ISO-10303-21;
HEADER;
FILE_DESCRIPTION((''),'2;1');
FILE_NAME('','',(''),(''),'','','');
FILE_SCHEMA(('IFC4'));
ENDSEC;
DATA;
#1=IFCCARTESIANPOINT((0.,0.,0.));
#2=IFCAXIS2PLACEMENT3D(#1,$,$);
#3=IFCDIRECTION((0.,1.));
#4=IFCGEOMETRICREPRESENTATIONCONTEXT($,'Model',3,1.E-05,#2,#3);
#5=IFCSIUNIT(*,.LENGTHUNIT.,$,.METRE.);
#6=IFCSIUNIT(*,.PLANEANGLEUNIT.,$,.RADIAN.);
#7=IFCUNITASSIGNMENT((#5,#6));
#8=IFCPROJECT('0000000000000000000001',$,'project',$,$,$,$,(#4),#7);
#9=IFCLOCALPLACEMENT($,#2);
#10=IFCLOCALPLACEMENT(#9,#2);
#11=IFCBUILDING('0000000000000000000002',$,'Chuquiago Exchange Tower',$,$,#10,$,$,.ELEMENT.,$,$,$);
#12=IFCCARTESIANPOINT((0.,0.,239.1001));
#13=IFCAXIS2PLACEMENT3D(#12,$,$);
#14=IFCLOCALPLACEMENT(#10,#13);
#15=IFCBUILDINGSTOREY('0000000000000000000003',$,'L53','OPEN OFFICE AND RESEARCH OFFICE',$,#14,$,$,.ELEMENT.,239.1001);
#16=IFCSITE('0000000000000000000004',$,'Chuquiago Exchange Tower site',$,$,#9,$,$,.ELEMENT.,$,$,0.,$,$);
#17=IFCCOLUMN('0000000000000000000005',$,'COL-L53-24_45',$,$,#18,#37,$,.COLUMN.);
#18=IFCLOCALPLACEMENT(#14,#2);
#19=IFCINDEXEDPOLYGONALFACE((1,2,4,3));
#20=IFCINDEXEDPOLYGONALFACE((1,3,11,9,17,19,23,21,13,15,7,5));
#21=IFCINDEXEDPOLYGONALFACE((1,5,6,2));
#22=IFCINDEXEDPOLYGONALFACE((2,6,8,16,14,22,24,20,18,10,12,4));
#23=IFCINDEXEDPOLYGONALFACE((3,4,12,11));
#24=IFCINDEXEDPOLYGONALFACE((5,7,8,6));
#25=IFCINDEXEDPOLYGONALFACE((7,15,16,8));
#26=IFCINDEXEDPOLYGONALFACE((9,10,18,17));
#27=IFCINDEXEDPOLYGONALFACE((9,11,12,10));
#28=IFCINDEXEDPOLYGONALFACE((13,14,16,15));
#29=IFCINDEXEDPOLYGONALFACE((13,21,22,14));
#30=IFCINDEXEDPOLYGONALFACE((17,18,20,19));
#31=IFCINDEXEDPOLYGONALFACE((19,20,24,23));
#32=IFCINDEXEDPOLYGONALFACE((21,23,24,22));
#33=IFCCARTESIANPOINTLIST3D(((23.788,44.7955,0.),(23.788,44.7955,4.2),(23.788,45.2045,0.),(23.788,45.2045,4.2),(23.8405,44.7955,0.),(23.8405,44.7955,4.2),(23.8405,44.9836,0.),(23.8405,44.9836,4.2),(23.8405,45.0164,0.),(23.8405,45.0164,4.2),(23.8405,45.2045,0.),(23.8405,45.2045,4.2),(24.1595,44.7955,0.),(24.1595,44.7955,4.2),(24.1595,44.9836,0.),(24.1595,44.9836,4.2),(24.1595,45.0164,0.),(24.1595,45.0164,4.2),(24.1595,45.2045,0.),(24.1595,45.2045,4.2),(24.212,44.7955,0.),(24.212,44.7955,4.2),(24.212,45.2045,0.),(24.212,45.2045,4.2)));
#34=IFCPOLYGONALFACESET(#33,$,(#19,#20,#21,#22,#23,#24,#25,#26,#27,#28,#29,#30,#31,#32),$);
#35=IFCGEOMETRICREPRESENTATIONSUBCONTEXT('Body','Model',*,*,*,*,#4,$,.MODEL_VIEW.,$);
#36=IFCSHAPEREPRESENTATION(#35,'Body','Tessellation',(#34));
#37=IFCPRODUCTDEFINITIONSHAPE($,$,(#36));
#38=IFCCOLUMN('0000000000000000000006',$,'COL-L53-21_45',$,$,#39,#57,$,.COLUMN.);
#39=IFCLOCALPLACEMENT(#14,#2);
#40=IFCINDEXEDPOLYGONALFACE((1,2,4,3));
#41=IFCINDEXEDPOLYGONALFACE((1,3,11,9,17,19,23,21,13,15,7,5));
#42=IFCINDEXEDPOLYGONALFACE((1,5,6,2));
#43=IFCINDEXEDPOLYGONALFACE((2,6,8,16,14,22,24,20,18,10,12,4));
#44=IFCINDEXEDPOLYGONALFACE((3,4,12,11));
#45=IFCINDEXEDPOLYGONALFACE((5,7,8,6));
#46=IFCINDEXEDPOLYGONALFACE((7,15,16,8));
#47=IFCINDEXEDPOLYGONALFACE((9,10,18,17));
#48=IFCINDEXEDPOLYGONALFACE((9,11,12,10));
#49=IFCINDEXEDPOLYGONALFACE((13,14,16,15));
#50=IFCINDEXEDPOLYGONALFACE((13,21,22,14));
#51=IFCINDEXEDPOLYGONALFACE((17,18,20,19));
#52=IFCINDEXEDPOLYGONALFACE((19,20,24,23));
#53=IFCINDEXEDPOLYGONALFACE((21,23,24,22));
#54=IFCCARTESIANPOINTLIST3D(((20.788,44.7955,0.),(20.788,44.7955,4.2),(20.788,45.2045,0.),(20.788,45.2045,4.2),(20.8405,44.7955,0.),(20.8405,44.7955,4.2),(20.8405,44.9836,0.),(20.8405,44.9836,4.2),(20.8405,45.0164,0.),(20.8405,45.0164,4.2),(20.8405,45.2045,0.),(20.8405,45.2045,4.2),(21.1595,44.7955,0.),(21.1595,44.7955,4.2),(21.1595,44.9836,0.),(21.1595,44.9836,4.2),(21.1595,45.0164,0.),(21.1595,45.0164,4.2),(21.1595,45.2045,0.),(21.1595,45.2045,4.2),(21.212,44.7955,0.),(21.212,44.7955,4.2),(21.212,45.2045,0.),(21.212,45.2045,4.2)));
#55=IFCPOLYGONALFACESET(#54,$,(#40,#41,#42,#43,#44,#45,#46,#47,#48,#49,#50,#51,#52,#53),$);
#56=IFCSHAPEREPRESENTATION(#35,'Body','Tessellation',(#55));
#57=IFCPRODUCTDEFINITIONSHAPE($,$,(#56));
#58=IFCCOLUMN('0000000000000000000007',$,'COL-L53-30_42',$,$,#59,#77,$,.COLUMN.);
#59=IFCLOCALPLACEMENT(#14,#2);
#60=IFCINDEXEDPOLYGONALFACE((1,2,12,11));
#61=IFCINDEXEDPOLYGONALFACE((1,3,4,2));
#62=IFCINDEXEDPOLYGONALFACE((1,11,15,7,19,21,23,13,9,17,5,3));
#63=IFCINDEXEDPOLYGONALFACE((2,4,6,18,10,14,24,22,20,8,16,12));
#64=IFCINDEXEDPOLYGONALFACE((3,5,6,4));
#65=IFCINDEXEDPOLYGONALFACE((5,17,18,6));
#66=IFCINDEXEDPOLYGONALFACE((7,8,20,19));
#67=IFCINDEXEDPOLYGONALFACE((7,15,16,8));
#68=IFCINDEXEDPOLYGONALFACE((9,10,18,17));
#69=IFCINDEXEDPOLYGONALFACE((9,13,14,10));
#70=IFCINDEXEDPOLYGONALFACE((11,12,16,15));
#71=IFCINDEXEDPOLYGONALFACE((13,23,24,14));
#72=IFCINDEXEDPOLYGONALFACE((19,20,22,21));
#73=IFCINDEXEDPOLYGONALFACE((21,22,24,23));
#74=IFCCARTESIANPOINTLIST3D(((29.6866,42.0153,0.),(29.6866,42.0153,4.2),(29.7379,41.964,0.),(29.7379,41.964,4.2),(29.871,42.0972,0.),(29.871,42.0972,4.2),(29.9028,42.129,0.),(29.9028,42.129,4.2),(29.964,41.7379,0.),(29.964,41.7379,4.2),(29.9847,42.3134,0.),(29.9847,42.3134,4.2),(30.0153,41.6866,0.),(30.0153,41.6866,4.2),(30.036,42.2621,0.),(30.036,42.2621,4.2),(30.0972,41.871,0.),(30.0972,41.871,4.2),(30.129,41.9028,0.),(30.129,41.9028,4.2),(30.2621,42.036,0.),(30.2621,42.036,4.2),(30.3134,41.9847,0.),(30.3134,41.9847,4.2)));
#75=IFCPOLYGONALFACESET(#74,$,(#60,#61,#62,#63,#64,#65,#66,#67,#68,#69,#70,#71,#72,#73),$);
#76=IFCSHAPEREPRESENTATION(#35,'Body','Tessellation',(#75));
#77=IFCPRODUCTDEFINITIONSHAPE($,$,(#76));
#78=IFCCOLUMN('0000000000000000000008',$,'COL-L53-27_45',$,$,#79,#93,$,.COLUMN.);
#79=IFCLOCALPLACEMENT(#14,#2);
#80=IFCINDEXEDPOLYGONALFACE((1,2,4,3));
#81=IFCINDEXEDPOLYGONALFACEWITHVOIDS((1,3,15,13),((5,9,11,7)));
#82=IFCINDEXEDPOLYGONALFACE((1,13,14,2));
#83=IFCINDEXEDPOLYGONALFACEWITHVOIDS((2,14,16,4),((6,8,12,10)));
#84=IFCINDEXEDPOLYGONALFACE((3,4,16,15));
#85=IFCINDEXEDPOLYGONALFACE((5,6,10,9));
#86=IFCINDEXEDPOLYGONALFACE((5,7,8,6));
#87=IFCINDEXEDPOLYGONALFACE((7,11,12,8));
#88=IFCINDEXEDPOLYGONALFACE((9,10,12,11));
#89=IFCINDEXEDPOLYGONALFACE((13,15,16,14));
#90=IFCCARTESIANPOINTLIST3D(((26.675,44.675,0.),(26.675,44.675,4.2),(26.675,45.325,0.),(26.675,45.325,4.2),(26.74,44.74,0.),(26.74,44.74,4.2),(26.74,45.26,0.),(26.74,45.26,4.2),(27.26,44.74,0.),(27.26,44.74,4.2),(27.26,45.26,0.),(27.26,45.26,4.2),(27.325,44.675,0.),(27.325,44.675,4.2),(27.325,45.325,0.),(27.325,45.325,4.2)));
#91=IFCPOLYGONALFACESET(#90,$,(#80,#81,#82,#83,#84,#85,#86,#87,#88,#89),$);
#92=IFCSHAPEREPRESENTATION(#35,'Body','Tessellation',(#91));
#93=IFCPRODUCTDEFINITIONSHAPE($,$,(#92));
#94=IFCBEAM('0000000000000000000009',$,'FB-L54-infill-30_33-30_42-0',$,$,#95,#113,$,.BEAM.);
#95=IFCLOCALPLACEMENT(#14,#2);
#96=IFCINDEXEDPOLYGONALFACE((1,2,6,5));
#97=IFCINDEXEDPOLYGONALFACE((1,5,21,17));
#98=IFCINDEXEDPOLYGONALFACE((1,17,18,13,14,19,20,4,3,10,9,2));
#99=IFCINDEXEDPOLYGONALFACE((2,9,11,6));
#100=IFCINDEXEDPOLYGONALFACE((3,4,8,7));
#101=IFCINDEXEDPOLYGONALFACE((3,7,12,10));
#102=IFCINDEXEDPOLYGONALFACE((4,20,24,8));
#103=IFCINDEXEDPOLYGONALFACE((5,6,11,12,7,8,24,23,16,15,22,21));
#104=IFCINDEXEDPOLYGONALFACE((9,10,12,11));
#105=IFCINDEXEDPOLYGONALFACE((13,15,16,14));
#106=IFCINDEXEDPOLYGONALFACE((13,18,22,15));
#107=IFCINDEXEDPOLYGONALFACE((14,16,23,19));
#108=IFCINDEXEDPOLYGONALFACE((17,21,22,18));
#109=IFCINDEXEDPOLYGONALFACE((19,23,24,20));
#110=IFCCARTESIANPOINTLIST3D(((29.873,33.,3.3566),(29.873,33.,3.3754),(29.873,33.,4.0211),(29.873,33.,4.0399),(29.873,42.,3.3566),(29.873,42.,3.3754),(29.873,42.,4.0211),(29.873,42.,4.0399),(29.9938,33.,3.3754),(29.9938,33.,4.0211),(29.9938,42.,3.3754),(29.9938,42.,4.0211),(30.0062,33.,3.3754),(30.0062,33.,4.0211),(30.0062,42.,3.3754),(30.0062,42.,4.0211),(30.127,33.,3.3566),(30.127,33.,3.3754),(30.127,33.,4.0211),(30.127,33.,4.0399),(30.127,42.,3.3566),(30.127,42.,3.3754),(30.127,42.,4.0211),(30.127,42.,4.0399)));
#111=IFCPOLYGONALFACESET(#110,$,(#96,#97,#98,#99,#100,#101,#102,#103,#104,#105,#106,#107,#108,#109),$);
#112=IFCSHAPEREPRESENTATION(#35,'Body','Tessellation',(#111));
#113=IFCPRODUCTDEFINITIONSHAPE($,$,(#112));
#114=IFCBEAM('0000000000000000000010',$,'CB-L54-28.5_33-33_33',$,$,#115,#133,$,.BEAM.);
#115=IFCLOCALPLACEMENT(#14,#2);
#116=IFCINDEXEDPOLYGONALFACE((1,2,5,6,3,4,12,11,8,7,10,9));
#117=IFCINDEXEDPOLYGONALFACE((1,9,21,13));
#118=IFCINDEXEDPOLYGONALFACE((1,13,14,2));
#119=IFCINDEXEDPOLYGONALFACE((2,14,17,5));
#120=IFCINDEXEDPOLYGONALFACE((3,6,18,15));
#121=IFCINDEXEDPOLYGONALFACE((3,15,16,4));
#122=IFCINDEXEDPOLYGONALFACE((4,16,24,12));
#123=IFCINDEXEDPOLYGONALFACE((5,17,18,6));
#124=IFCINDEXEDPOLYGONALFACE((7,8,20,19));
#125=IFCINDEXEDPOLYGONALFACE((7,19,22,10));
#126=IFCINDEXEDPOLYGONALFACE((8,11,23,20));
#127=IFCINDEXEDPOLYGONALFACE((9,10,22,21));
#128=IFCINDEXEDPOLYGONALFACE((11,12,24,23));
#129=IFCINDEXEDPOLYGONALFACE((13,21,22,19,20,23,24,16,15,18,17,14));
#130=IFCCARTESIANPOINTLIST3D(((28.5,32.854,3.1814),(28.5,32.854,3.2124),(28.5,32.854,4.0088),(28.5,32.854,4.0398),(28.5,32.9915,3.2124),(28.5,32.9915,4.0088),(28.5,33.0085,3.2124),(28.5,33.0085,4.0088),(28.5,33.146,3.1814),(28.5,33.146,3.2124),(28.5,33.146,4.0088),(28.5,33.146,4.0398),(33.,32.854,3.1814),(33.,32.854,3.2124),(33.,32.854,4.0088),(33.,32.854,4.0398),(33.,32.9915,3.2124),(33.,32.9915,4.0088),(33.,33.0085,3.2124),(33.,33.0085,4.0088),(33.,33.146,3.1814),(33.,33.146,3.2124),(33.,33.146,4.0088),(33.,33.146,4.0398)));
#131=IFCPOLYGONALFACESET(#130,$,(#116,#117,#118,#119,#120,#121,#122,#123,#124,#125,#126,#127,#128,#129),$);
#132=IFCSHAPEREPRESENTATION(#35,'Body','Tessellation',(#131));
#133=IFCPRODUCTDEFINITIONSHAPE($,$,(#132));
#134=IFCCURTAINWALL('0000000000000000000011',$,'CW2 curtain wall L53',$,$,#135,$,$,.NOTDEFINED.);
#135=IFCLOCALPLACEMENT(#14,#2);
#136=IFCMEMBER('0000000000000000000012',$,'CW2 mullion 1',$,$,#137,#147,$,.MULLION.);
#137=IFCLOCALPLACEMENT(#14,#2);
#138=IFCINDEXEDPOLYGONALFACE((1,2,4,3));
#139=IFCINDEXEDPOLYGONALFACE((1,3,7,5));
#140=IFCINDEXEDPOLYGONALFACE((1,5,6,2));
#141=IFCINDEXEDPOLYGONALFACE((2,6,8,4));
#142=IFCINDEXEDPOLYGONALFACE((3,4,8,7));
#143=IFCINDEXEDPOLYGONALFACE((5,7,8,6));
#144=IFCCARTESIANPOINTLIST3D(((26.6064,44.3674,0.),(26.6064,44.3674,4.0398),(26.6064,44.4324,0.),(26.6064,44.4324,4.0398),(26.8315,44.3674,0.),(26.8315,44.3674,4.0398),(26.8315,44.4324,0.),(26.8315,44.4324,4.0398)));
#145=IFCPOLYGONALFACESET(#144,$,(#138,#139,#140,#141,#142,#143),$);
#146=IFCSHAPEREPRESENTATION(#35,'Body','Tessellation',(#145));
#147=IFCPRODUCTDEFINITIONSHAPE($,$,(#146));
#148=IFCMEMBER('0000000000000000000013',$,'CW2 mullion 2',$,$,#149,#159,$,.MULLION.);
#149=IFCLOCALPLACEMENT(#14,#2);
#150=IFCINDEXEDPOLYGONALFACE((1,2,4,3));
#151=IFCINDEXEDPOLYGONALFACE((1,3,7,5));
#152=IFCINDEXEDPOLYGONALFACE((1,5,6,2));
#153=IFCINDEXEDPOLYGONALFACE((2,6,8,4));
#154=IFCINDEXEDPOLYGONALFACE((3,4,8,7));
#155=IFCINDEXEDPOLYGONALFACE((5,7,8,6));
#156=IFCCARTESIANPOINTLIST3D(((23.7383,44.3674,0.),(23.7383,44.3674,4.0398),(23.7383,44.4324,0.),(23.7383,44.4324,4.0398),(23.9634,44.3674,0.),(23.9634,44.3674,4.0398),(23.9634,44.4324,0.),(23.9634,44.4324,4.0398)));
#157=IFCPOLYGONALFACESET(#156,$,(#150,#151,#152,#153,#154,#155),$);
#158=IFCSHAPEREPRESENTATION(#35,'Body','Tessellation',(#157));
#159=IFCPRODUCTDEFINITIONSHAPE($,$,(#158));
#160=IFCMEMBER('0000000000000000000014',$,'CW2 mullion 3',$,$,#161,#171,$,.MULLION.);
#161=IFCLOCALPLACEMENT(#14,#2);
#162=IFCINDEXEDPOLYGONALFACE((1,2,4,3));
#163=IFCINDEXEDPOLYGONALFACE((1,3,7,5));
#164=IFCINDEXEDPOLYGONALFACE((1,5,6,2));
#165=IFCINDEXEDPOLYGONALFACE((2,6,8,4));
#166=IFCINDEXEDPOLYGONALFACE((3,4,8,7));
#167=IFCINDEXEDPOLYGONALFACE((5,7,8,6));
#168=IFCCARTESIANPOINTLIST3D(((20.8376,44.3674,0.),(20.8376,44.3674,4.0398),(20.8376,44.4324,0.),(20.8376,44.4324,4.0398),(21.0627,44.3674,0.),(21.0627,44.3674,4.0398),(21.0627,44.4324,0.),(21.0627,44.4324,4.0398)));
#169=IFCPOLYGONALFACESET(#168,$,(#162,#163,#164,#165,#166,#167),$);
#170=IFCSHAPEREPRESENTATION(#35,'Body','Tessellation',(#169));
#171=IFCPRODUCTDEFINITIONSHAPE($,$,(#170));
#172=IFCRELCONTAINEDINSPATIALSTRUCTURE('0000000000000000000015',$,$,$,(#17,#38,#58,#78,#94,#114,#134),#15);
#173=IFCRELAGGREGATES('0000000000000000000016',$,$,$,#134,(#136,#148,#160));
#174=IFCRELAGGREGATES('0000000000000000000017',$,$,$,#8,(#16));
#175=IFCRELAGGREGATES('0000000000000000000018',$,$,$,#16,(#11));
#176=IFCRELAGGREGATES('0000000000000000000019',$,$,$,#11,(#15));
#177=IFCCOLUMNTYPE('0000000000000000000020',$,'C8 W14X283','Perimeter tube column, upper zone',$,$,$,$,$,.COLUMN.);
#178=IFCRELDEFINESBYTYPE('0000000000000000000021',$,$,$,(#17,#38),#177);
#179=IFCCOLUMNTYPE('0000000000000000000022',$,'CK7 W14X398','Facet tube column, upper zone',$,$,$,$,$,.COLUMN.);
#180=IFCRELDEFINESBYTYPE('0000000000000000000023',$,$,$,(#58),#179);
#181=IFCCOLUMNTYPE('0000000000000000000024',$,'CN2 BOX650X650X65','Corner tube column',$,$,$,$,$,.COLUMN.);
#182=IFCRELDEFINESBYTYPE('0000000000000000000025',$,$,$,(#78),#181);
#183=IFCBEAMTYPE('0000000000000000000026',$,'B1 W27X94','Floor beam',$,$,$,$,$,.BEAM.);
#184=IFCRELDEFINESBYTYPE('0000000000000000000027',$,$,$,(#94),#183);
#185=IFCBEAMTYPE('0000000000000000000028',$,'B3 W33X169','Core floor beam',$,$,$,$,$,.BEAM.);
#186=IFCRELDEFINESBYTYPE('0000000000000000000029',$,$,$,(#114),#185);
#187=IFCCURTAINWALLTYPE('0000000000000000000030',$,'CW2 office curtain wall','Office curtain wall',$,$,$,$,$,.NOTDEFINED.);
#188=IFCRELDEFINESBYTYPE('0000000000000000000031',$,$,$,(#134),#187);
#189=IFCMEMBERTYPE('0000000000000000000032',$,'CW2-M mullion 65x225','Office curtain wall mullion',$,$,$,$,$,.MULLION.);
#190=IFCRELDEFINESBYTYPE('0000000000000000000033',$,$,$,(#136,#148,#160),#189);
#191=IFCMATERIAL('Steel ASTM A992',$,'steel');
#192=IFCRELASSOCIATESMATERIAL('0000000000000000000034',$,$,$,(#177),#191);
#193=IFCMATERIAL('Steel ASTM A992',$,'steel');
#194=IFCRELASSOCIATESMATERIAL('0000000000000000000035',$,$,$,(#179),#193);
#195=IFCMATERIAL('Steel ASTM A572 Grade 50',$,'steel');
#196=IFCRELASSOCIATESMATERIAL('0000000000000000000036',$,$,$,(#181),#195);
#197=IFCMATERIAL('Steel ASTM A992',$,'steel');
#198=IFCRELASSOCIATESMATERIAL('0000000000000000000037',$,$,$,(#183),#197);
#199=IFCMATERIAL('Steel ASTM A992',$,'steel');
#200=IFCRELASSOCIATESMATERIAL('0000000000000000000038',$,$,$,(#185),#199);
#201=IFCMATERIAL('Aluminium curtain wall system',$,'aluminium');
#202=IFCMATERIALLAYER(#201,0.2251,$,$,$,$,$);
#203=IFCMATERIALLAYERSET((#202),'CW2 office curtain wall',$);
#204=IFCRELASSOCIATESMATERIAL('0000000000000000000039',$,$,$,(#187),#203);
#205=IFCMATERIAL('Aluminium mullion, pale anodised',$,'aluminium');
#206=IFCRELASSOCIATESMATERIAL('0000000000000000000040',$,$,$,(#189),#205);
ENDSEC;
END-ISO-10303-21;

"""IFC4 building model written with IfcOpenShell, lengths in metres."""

from ifc_helpers import new_model, si_unit, direction, frame, origin, origin_2d, place, context, subcontext, project, spatial, rectangle, hollow_rectangle, i_section, extrude, material, layer, layer_set, material_profile, profile_set, type_object, element, aggregate, save


model = new_model("IFC4")

# Units and contexts
model_context = context("Model", 3, precision=1e-05, world=origin(), true_north=direction((0.0, 1.0)))
body_context = subcontext(model_context, "Body", "Model", "MODEL_VIEW")
ifc_project = project(units=[si_unit("LENGTHUNIT", "METRE"), si_unit("PLANEANGLEUNIT", "RADIAN")], contexts=[model_context])

# Site, building, storey
site_placement = place(None, origin())
site = spatial("IfcSite", under=ifc_project, at=site_placement, Name="Chuquiago Exchange Tower site", CompositionType="ELEMENT", RefElevation=0.0)
building_placement = place(site_placement, origin())
building = spatial("IfcBuilding", under=site, at=building_placement, Name="Chuquiago Exchange Tower", CompositionType="ELEMENT")
storey_placement = place(building_placement, frame((0.0, 0.0, 239.1001)))
storey = spatial("IfcBuildingStorey", under=building, at=storey_placement, Name="L53", Description="OPEN OFFICE AND RESEARCH OFFICE", CompositionType="ELEMENT", Elevation=239.1001)

# Columns
ifc_material_1 = material(Name="Steel ASTM A992", Category="steel")
ifc_material_profile_1 = material_profile(ifc_material_1, i_section(OverallWidth=0.4089, OverallDepth=0.4241, WebThickness=0.0327, FlangeThickness=0.0525, at=origin_2d()), Name="W14X283")
ifc_profile_set_1 = profile_set([ifc_material_profile_1], Name="Steel ASTM A992")
column_type_1 = type_object("IfcColumnType", Name="C8 W14X283", Description="Perimeter tube column, upper zone", PredefinedType="COLUMN", material=ifc_profile_set_1)
for number, where, z_axis, x_axis, name in (
    (1, (24.0, 45.0, 0.0), (0.0, 0.0, 1.0), (0.0, 1.0, 0.0), "COL-L53-24_45"),
    (2, (21.0, 45.0, 0.0), (0.0, 0.0, 1.0), (0.0, 1.0, 0.0), "COL-L53-21_45"),
):
    element("IfcColumn", number, at=place(storey_placement, frame(where, z_axis=z_axis, x_axis=x_axis)), inside=storey, type_object=column_type_1, Name=name, PredefinedType="COLUMN", context=body_context, shape_type="SweptSolid", body=[
        extrude(i_section(OverallWidth=0.4089, OverallDepth=0.4241, WebThickness=0.0327, FlangeThickness=0.0525, at=origin_2d()), origin(), (0.0, 0.0, 1.0), 4.2),
    ])
ifc_material_2 = material(Name="Steel ASTM A992", Category="steel")
ifc_material_profile_2 = material_profile(ifc_material_2, i_section(OverallWidth=0.4216, OverallDepth=0.4648, WebThickness=0.0449, FlangeThickness=0.0725, at=origin_2d()), Name="W14X398")
ifc_profile_set_2 = profile_set([ifc_material_profile_2], Name="Steel ASTM A992")
column_type_2 = type_object("IfcColumnType", Name="CK7 W14X398", Description="Facet tube column, upper zone", PredefinedType="COLUMN", material=ifc_profile_set_2)
column_1_placement = place(storey_placement, frame((30.0, 42.0, 0.0), z_axis=(0.0, 0.0, 1.0), x_axis=(0.707107, 0.707107, 0.0)))
element("IfcColumn", 3, at=column_1_placement, inside=storey, type_object=column_type_2, Name="COL-L53-30_42", PredefinedType="COLUMN", context=body_context, shape_type="SweptSolid", body=[
    extrude(i_section(OverallWidth=0.4216, OverallDepth=0.4648, WebThickness=0.0449, FlangeThickness=0.0725, at=origin_2d()), origin(), (0.0, 0.0, 1.0), 4.2),
])
ifc_material_3 = material(Name="Steel ASTM A572 Grade 50", Category="steel")
ifc_material_profile_3 = material_profile(ifc_material_3, hollow_rectangle(XDim=0.6499, YDim=0.6499, WallThickness=0.0649, at=origin_2d()), Name="BOX650X650X65")
ifc_profile_set_3 = profile_set([ifc_material_profile_3], Name="Steel ASTM A572 Grade 50")
column_type_3 = type_object("IfcColumnType", Name="CN2 BOX650X650X65", Description="Corner tube column", PredefinedType="COLUMN", material=ifc_profile_set_3)
column_2_placement = place(storey_placement, frame((27.0, 45.0, 0.0), z_axis=(0.0, 0.0, 1.0), x_axis=(0.0, 1.0, 0.0)))
element("IfcColumn", 4, at=column_2_placement, inside=storey, type_object=column_type_3, Name="COL-L53-27_45", PredefinedType="COLUMN", context=body_context, shape_type="SweptSolid", body=[
    extrude(hollow_rectangle(XDim=0.6499, YDim=0.6499, WallThickness=0.0649, at=origin_2d()), origin(), (0.0, 0.0, 1.0), 4.2),
])

# Beams
ifc_material_4 = material(Name="Steel ASTM A992", Category="steel")
ifc_material_profile_4 = material_profile(ifc_material_4, i_section(OverallWidth=0.2539, OverallDepth=0.6833, WebThickness=0.0125, FlangeThickness=0.0188, at=origin_2d()), Name="W27X94")
ifc_profile_set_4 = profile_set([ifc_material_profile_4], Name="Steel ASTM A992")
beam_type_1 = type_object("IfcBeamType", Name="B1 W27X94", Description="Floor beam", PredefinedType="BEAM", material=ifc_profile_set_4)
beam_1_placement = place(storey_placement, frame((30.0, 33.0, 3.6982), z_axis=(0.0, 1.0, 0.0), x_axis=(-1.0, 0.0, 0.0)))
element("IfcBeam", 5, at=beam_1_placement, inside=storey, type_object=beam_type_1, Name="FB-L54-infill-30_33-30_42-0", PredefinedType="BEAM", context=body_context, shape_type="SweptSolid", body=[
    extrude(i_section(OverallWidth=0.2539, OverallDepth=0.6833, WebThickness=0.0125, FlangeThickness=0.0188, at=origin_2d()), origin(), (0.0, 0.0, 1.0), 9.0),
])
ifc_material_5 = material(Name="Steel ASTM A992", Category="steel")
ifc_material_profile_5 = material_profile(ifc_material_5, i_section(OverallWidth=0.292, OverallDepth=0.8584, WebThickness=0.0171, FlangeThickness=0.031, at=origin_2d()), Name="W33X169")
ifc_profile_set_5 = profile_set([ifc_material_profile_5], Name="Steel ASTM A992")
beam_type_2 = type_object("IfcBeamType", Name="B3 W33X169", Description="Core floor beam", PredefinedType="BEAM", material=ifc_profile_set_5)
beam_2_placement = place(storey_placement, frame((28.5, 33.0, 3.6106), z_axis=(1.0, 0.0, 0.0), x_axis=(0.0, 1.0, 0.0)))
element("IfcBeam", 6, at=beam_2_placement, inside=storey, type_object=beam_type_2, Name="CB-L54-28.5_33-33_33", PredefinedType="BEAM", context=body_context, shape_type="SweptSolid", body=[
    extrude(i_section(OverallWidth=0.292, OverallDepth=0.8584, WebThickness=0.0171, FlangeThickness=0.031, at=origin_2d()), origin(), (0.0, 0.0, 1.0), 4.5),
])

# Curtain wall, members
ifc_material_6 = material(Name="Aluminium curtain wall system", Category="aluminium")
ifc_layer_1 = layer(ifc_material_6, 0.2251)
ifc_layer_set_1 = layer_set([ifc_layer_1], Name="CW2 office curtain wall")
curtain_wall_type_1 = type_object("IfcCurtainWallType", Name="CW2 office curtain wall", Description="Office curtain wall", PredefinedType="NOTDEFINED", material=ifc_layer_set_1)
curtain_wall_1_placement = place(storey_placement, origin())
curtain_wall_1 = element("IfcCurtainWall", 7, at=curtain_wall_1_placement, inside=storey, type_object=curtain_wall_type_1, Name="CW2 curtain wall L53", PredefinedType="NOTDEFINED")
ifc_material_7 = material(Name="Aluminium mullion, pale anodised", Category="aluminium")
ifc_material_profile_6 = material_profile(ifc_material_7, rectangle(XDim=0.0649, YDim=0.2251, at=origin_2d()), Name="AL 65x225")
ifc_profile_set_6 = profile_set([ifc_material_profile_6], Name="Aluminium mullion, pale anodised")
member_type_1 = type_object("IfcMemberType", Name="CW2-M mullion 65x225", Description="Office curtain wall mullion", PredefinedType="MULLION", material=ifc_profile_set_6)
member_1_placement = place(storey_placement, frame((26.719, 44.3999, 0.0), z_axis=(0.0, 0.0, 1.0), x_axis=(0.0, -1.0, 0.0)))
member_1 = element("IfcMember", 8, at=member_1_placement, type_object=member_type_1, Name="CW2 mullion 1", PredefinedType="MULLION", context=body_context, shape_type="SweptSolid", body=[
    extrude(rectangle(XDim=0.0649, YDim=0.2251, at=origin_2d()), origin(), (0.0, 0.0, 1.0), 4.0398),
])
member_2_placement = place(storey_placement, frame((23.8508, 44.3999, 0.0), z_axis=(0.0, 0.0, 1.0), x_axis=(0.0, -1.0, 0.0)))
member_2 = element("IfcMember", 9, at=member_2_placement, type_object=member_type_1, Name="CW2 mullion 2", PredefinedType="MULLION", context=body_context, shape_type="SweptSolid", body=[
    extrude(rectangle(XDim=0.0649, YDim=0.2251, at=origin_2d()), origin(), (0.0, 0.0, 1.0), 4.0398),
])
member_3_placement = place(storey_placement, frame((20.9502, 44.3999, 0.0), z_axis=(0.0, 0.0, 1.0), x_axis=(0.0, -1.0, 0.0)))
member_3 = element("IfcMember", 10, at=member_3_placement, type_object=member_type_1, Name="CW2 mullion 3", PredefinedType="MULLION", context=body_context, shape_type="SweptSolid", body=[
    extrude(rectangle(XDim=0.0649, YDim=0.2251, at=origin_2d()), origin(), (0.0, 0.0, 1.0), 4.0398),
])

aggregate(curtain_wall_1, [member_1, member_2, member_3])

save(model, "model.ifc")
